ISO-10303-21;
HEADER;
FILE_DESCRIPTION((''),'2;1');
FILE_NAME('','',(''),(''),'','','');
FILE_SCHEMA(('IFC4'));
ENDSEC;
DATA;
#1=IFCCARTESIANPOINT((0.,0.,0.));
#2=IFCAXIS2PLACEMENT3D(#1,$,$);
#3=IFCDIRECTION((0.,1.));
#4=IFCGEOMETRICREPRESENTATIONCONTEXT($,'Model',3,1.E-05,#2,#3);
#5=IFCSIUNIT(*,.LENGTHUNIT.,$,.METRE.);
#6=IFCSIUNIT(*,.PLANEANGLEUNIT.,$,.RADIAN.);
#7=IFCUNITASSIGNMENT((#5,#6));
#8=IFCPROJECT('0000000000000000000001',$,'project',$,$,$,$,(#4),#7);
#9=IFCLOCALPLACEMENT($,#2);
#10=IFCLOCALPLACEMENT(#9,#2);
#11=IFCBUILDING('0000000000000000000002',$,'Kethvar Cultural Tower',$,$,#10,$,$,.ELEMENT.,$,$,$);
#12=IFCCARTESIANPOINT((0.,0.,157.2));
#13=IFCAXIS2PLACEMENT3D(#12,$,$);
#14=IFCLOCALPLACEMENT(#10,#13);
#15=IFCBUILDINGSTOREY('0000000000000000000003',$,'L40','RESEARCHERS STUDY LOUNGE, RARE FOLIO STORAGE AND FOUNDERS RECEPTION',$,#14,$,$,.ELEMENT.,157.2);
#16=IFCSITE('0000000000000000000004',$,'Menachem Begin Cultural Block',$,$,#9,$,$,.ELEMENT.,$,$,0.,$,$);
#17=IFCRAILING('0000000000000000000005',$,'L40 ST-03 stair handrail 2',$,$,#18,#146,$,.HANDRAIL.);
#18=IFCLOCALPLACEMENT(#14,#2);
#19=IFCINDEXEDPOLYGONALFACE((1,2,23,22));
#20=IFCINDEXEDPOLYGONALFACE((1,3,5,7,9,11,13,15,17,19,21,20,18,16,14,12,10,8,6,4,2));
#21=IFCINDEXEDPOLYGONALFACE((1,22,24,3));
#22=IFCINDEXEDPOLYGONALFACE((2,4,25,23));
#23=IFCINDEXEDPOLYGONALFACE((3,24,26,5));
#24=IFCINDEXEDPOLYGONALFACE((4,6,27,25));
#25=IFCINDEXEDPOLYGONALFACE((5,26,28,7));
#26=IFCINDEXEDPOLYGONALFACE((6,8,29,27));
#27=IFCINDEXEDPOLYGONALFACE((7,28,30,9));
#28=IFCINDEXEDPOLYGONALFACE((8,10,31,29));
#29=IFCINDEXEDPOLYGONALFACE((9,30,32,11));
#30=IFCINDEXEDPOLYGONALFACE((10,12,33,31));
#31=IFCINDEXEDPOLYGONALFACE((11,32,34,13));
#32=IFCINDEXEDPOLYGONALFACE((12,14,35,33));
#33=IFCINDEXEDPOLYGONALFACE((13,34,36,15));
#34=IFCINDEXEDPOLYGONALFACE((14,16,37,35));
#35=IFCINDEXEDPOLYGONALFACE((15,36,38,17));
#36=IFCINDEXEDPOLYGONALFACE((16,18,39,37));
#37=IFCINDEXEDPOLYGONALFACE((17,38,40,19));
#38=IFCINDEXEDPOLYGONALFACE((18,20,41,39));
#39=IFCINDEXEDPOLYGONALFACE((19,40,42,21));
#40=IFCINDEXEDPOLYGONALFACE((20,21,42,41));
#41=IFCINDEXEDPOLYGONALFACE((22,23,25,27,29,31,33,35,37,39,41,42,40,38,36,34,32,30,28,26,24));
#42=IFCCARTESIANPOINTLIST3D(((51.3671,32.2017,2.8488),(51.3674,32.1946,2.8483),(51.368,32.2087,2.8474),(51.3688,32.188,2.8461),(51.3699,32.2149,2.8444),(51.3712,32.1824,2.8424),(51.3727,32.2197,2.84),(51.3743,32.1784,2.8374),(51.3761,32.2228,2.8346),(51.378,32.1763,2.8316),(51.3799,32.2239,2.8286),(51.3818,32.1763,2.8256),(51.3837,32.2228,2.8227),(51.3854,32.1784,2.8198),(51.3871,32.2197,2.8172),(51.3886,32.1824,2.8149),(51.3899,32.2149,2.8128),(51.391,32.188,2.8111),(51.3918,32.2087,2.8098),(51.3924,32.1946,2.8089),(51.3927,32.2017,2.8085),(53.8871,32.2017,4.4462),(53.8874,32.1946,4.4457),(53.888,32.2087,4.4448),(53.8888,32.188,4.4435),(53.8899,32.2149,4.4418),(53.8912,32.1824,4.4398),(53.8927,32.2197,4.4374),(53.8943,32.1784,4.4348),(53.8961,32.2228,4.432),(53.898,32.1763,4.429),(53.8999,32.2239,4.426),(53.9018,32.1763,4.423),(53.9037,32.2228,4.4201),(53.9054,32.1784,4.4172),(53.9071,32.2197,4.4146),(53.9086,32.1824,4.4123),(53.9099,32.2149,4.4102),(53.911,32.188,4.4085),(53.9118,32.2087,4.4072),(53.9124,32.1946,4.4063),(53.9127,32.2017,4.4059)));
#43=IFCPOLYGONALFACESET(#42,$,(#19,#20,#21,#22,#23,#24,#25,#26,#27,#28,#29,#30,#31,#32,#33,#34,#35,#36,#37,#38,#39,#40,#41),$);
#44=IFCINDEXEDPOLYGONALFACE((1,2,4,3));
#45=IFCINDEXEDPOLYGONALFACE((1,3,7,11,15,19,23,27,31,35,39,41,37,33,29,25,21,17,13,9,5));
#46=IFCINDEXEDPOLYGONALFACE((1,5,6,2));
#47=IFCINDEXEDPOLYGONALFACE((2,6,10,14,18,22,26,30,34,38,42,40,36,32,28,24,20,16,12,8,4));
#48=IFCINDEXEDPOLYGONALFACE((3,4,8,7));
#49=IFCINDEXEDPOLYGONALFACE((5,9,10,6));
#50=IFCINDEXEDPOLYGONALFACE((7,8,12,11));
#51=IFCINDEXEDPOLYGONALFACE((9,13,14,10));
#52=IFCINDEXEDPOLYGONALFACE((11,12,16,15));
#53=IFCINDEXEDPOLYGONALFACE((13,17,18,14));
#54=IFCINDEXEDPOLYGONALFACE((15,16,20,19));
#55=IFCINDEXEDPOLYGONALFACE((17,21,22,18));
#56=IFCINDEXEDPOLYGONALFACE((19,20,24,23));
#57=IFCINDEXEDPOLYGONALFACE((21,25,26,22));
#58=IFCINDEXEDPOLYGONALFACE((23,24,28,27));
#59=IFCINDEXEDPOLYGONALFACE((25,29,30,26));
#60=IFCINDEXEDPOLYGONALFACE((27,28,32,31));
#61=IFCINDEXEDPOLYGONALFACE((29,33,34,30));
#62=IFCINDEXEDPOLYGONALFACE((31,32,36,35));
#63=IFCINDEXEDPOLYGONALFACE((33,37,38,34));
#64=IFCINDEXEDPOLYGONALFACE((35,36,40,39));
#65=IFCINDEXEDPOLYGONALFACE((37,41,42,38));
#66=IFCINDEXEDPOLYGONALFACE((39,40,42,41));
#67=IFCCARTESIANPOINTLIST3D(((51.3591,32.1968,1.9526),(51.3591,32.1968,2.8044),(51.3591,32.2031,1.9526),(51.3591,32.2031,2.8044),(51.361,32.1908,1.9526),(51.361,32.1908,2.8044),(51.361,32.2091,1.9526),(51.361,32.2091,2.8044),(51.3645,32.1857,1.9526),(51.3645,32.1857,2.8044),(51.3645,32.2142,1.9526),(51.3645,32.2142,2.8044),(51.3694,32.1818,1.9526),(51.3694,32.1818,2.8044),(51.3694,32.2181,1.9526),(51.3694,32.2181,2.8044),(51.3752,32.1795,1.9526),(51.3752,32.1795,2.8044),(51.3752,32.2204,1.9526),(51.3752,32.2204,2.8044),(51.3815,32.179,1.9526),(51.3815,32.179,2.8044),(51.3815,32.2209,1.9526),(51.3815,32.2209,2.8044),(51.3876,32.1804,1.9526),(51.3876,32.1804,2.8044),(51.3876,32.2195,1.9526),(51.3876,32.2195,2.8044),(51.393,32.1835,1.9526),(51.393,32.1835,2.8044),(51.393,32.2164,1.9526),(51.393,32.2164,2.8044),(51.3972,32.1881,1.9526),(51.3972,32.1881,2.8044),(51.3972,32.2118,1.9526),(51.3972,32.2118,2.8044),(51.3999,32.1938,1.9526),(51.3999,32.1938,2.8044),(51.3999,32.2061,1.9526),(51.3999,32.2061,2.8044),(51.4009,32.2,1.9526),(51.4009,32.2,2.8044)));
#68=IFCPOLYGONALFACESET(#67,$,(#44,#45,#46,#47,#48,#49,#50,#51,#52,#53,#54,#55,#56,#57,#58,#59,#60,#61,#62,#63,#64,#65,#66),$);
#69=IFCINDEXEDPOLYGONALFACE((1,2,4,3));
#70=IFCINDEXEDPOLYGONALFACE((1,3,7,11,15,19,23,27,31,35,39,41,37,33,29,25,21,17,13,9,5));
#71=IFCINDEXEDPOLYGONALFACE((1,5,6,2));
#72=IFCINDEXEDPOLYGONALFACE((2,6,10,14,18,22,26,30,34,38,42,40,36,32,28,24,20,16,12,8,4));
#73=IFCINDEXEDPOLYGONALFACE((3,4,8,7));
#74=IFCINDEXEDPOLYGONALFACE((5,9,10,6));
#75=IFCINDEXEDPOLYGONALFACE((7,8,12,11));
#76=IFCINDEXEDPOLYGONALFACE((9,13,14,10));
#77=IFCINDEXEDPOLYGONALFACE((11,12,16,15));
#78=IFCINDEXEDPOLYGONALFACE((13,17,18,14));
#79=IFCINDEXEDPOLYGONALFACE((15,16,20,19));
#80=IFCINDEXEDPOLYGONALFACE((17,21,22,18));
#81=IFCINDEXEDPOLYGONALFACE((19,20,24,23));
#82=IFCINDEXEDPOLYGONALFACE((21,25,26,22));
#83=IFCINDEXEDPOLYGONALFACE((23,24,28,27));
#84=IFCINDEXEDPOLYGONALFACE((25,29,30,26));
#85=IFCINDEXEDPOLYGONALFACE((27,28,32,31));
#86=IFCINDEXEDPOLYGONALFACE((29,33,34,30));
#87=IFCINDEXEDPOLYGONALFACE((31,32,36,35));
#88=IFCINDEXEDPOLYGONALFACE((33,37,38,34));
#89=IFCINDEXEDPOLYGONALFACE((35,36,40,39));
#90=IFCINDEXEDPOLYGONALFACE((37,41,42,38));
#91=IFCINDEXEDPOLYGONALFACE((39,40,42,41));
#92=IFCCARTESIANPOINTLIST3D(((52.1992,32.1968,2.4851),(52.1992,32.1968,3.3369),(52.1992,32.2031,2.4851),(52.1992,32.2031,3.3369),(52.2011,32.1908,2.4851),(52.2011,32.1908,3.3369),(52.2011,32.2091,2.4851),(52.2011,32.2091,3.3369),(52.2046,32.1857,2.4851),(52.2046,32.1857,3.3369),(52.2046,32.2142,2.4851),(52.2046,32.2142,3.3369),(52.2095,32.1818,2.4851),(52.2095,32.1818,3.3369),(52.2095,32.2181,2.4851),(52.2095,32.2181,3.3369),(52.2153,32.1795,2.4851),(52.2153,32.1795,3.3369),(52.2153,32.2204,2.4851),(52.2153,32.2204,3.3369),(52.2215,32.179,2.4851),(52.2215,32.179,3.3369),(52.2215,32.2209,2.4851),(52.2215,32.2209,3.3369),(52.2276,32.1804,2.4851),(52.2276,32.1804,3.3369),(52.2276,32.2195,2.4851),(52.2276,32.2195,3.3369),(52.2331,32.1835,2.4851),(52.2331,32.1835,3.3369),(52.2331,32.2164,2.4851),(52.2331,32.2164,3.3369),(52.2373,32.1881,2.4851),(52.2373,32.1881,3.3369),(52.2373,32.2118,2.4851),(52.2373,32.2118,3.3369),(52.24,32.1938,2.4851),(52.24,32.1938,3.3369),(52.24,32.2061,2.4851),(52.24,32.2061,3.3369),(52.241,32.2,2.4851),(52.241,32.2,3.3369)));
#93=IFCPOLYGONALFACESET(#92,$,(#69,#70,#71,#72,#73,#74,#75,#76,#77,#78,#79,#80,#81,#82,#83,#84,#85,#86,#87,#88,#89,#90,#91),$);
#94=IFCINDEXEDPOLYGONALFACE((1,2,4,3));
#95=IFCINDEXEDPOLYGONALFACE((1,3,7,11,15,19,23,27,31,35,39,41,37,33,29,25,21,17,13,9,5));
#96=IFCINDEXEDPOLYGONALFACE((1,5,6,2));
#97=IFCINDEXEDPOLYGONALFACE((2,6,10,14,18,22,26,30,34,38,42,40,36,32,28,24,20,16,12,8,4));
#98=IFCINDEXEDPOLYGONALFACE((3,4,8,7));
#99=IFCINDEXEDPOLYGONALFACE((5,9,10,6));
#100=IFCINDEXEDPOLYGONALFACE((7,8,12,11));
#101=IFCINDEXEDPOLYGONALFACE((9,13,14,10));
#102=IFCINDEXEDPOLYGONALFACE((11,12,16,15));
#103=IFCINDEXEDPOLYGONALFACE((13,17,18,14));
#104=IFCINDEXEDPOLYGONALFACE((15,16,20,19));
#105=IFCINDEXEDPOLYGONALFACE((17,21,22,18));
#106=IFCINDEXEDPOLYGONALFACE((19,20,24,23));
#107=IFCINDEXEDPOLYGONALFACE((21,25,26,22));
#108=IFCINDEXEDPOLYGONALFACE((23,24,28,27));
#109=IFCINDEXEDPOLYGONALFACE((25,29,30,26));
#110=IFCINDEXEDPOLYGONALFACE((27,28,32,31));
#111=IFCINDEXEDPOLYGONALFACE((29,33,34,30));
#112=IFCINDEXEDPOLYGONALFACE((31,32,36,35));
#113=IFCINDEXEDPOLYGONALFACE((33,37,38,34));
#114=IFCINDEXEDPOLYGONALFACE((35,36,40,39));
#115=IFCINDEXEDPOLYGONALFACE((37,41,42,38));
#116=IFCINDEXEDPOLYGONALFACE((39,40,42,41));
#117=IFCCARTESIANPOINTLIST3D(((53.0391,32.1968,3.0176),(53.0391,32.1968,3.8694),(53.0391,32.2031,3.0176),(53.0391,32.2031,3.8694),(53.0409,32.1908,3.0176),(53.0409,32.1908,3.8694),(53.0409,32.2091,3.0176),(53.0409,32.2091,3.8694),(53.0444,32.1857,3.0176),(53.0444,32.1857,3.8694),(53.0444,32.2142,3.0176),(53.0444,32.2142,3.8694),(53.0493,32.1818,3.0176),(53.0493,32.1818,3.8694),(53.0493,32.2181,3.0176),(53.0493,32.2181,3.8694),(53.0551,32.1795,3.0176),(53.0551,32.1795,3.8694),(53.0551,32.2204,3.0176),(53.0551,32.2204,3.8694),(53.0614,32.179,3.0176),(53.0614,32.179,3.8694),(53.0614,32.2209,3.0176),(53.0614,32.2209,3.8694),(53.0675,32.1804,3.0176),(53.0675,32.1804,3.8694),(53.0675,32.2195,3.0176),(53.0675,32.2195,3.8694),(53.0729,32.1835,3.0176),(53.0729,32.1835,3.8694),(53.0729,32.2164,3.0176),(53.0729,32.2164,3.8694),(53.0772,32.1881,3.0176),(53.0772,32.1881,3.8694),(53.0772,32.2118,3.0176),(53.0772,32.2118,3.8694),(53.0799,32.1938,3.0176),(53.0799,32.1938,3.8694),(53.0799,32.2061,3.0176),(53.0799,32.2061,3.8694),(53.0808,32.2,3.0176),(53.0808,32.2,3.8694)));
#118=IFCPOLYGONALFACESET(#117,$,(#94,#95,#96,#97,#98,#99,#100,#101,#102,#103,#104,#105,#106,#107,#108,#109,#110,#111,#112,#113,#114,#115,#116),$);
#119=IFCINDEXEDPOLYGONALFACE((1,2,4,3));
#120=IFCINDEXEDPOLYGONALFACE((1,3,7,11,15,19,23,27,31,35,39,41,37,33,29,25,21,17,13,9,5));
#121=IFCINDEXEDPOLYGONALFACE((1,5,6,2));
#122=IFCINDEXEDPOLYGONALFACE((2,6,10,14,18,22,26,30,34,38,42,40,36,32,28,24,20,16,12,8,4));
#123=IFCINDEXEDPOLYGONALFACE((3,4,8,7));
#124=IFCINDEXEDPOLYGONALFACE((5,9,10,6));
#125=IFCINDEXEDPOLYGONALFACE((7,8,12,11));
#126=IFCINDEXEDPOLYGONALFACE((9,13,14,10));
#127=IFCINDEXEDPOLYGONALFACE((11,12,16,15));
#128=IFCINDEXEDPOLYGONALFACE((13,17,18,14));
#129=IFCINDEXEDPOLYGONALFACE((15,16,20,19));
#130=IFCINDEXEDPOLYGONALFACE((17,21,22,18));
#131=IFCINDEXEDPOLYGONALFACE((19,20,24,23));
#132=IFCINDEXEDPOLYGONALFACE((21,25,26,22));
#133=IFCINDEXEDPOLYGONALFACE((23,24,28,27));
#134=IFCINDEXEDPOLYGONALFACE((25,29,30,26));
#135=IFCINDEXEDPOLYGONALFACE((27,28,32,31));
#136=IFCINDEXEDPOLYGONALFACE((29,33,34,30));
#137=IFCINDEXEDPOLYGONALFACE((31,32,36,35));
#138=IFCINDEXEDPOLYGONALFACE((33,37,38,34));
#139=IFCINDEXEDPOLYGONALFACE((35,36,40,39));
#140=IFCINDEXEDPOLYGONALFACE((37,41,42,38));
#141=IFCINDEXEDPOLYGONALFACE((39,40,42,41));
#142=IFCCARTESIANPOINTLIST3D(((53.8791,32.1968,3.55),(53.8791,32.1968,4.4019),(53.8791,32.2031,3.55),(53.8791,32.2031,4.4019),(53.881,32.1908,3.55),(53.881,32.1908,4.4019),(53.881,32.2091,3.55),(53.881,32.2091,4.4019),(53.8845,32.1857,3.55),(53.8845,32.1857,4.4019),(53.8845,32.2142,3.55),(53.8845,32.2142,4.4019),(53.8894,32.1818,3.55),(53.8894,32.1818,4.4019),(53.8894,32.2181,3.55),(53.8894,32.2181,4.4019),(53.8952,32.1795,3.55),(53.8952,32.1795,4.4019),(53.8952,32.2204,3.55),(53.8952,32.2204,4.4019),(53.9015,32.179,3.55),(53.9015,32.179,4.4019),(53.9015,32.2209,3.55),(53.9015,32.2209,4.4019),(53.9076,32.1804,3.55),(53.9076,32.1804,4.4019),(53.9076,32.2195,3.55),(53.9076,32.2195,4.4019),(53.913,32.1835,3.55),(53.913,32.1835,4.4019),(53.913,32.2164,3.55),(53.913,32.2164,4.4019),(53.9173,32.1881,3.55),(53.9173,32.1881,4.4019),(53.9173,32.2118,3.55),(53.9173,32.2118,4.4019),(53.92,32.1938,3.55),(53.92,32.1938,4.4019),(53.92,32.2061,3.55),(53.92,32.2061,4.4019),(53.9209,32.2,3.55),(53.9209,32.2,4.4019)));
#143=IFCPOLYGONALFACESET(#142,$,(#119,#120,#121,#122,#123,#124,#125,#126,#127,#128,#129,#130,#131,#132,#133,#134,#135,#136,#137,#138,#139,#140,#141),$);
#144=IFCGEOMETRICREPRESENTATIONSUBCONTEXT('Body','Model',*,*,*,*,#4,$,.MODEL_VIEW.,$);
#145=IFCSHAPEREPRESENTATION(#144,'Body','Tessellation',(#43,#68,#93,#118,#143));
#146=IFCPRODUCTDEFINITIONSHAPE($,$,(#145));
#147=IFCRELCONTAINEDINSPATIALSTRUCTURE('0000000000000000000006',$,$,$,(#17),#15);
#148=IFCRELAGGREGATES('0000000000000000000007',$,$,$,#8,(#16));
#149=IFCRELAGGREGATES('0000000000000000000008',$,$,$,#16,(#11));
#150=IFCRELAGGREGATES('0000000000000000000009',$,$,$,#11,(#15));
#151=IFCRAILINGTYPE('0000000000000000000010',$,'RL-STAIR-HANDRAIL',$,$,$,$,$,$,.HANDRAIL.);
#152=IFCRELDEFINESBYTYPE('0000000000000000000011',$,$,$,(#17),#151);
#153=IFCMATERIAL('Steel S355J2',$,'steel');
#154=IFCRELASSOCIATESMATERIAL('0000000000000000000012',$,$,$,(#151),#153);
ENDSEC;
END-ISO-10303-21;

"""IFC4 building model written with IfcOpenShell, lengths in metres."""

from ifc_helpers import new_model, si_unit, direction, frame, origin, origin_2d, place, context, subcontext, project, spatial, circle, extrude, material, type_object, element, save


model = new_model("IFC4")

# Units and contexts
model_context = context("Model", 3, precision=1e-05, world=origin(), true_north=direction((0.0, 1.0)))
body_context = subcontext(model_context, "Body", "Model", "MODEL_VIEW")
ifc_project = project(units=[si_unit("LENGTHUNIT", "METRE"), si_unit("PLANEANGLEUNIT", "RADIAN")], contexts=[model_context])

# Site, building, storey
site_placement = place(None, origin())
site = spatial("IfcSite", under=ifc_project, at=site_placement, Name="Menachem Begin Cultural Block", CompositionType="ELEMENT", RefElevation=0.0)
building_placement = place(site_placement, origin())
building = spatial("IfcBuilding", under=site, at=building_placement, Name="Kethvar Cultural Tower", CompositionType="ELEMENT")
storey_placement = place(building_placement, frame((0.0, 0.0, 157.2)))
storey = spatial("IfcBuildingStorey", under=building, at=storey_placement, Name="L40", Description="RESEARCHERS STUDY LOUNGE, RARE FOLIO STORAGE AND FOUNDERS RECEPTION", CompositionType="ELEMENT", Elevation=157.2)

# Shared definitions
ifc_material_1 = material(Name="Steel S355J2", Category="steel")

# Railing
railing_type_1 = type_object("IfcRailingType", Name="RL-STAIR-HANDRAIL", PredefinedType="HANDRAIL", material=ifc_material_1)
railing_1_placement = place(storey_placement, frame((51.3799, 32.2, 1.9526)))
element("IfcRailing", 1, at=railing_1_placement, inside=storey, type_object=railing_type_1, Name="L40 ST-03 stair handrail 2", PredefinedType="HANDRAIL", context=body_context, shape_type="SweptSolid", body=[
    extrude(circle(Radius=0.0239, at=origin_2d()), frame((0.0, 0.0, 0.876), z_axis=(0.844607, 0.0, 0.535387), x_axis=(0.0, 1.0, 0.0)), (0.0, 0.0, 1.0), 2.9836),
    extrude(circle(Radius=0.021, at=origin_2d()), origin(), (0.0, 0.0, 1.0), 0.8518),
    extrude(circle(Radius=0.021, at=origin_2d()), frame((0.8401, 0.0, 0.5325)), (0.0, 0.0, 1.0), 0.8518),
    extrude(circle(Radius=0.021, at=origin_2d()), frame((1.6799, 0.0, 1.0649)), (0.0, 0.0, 1.0), 0.8518),
    extrude(circle(Radius=0.021, at=origin_2d()), frame((2.52, 0.0, 1.5974)), (0.0, 0.0, 1.0), 0.8518),
])

save(model, "model.ifc")
